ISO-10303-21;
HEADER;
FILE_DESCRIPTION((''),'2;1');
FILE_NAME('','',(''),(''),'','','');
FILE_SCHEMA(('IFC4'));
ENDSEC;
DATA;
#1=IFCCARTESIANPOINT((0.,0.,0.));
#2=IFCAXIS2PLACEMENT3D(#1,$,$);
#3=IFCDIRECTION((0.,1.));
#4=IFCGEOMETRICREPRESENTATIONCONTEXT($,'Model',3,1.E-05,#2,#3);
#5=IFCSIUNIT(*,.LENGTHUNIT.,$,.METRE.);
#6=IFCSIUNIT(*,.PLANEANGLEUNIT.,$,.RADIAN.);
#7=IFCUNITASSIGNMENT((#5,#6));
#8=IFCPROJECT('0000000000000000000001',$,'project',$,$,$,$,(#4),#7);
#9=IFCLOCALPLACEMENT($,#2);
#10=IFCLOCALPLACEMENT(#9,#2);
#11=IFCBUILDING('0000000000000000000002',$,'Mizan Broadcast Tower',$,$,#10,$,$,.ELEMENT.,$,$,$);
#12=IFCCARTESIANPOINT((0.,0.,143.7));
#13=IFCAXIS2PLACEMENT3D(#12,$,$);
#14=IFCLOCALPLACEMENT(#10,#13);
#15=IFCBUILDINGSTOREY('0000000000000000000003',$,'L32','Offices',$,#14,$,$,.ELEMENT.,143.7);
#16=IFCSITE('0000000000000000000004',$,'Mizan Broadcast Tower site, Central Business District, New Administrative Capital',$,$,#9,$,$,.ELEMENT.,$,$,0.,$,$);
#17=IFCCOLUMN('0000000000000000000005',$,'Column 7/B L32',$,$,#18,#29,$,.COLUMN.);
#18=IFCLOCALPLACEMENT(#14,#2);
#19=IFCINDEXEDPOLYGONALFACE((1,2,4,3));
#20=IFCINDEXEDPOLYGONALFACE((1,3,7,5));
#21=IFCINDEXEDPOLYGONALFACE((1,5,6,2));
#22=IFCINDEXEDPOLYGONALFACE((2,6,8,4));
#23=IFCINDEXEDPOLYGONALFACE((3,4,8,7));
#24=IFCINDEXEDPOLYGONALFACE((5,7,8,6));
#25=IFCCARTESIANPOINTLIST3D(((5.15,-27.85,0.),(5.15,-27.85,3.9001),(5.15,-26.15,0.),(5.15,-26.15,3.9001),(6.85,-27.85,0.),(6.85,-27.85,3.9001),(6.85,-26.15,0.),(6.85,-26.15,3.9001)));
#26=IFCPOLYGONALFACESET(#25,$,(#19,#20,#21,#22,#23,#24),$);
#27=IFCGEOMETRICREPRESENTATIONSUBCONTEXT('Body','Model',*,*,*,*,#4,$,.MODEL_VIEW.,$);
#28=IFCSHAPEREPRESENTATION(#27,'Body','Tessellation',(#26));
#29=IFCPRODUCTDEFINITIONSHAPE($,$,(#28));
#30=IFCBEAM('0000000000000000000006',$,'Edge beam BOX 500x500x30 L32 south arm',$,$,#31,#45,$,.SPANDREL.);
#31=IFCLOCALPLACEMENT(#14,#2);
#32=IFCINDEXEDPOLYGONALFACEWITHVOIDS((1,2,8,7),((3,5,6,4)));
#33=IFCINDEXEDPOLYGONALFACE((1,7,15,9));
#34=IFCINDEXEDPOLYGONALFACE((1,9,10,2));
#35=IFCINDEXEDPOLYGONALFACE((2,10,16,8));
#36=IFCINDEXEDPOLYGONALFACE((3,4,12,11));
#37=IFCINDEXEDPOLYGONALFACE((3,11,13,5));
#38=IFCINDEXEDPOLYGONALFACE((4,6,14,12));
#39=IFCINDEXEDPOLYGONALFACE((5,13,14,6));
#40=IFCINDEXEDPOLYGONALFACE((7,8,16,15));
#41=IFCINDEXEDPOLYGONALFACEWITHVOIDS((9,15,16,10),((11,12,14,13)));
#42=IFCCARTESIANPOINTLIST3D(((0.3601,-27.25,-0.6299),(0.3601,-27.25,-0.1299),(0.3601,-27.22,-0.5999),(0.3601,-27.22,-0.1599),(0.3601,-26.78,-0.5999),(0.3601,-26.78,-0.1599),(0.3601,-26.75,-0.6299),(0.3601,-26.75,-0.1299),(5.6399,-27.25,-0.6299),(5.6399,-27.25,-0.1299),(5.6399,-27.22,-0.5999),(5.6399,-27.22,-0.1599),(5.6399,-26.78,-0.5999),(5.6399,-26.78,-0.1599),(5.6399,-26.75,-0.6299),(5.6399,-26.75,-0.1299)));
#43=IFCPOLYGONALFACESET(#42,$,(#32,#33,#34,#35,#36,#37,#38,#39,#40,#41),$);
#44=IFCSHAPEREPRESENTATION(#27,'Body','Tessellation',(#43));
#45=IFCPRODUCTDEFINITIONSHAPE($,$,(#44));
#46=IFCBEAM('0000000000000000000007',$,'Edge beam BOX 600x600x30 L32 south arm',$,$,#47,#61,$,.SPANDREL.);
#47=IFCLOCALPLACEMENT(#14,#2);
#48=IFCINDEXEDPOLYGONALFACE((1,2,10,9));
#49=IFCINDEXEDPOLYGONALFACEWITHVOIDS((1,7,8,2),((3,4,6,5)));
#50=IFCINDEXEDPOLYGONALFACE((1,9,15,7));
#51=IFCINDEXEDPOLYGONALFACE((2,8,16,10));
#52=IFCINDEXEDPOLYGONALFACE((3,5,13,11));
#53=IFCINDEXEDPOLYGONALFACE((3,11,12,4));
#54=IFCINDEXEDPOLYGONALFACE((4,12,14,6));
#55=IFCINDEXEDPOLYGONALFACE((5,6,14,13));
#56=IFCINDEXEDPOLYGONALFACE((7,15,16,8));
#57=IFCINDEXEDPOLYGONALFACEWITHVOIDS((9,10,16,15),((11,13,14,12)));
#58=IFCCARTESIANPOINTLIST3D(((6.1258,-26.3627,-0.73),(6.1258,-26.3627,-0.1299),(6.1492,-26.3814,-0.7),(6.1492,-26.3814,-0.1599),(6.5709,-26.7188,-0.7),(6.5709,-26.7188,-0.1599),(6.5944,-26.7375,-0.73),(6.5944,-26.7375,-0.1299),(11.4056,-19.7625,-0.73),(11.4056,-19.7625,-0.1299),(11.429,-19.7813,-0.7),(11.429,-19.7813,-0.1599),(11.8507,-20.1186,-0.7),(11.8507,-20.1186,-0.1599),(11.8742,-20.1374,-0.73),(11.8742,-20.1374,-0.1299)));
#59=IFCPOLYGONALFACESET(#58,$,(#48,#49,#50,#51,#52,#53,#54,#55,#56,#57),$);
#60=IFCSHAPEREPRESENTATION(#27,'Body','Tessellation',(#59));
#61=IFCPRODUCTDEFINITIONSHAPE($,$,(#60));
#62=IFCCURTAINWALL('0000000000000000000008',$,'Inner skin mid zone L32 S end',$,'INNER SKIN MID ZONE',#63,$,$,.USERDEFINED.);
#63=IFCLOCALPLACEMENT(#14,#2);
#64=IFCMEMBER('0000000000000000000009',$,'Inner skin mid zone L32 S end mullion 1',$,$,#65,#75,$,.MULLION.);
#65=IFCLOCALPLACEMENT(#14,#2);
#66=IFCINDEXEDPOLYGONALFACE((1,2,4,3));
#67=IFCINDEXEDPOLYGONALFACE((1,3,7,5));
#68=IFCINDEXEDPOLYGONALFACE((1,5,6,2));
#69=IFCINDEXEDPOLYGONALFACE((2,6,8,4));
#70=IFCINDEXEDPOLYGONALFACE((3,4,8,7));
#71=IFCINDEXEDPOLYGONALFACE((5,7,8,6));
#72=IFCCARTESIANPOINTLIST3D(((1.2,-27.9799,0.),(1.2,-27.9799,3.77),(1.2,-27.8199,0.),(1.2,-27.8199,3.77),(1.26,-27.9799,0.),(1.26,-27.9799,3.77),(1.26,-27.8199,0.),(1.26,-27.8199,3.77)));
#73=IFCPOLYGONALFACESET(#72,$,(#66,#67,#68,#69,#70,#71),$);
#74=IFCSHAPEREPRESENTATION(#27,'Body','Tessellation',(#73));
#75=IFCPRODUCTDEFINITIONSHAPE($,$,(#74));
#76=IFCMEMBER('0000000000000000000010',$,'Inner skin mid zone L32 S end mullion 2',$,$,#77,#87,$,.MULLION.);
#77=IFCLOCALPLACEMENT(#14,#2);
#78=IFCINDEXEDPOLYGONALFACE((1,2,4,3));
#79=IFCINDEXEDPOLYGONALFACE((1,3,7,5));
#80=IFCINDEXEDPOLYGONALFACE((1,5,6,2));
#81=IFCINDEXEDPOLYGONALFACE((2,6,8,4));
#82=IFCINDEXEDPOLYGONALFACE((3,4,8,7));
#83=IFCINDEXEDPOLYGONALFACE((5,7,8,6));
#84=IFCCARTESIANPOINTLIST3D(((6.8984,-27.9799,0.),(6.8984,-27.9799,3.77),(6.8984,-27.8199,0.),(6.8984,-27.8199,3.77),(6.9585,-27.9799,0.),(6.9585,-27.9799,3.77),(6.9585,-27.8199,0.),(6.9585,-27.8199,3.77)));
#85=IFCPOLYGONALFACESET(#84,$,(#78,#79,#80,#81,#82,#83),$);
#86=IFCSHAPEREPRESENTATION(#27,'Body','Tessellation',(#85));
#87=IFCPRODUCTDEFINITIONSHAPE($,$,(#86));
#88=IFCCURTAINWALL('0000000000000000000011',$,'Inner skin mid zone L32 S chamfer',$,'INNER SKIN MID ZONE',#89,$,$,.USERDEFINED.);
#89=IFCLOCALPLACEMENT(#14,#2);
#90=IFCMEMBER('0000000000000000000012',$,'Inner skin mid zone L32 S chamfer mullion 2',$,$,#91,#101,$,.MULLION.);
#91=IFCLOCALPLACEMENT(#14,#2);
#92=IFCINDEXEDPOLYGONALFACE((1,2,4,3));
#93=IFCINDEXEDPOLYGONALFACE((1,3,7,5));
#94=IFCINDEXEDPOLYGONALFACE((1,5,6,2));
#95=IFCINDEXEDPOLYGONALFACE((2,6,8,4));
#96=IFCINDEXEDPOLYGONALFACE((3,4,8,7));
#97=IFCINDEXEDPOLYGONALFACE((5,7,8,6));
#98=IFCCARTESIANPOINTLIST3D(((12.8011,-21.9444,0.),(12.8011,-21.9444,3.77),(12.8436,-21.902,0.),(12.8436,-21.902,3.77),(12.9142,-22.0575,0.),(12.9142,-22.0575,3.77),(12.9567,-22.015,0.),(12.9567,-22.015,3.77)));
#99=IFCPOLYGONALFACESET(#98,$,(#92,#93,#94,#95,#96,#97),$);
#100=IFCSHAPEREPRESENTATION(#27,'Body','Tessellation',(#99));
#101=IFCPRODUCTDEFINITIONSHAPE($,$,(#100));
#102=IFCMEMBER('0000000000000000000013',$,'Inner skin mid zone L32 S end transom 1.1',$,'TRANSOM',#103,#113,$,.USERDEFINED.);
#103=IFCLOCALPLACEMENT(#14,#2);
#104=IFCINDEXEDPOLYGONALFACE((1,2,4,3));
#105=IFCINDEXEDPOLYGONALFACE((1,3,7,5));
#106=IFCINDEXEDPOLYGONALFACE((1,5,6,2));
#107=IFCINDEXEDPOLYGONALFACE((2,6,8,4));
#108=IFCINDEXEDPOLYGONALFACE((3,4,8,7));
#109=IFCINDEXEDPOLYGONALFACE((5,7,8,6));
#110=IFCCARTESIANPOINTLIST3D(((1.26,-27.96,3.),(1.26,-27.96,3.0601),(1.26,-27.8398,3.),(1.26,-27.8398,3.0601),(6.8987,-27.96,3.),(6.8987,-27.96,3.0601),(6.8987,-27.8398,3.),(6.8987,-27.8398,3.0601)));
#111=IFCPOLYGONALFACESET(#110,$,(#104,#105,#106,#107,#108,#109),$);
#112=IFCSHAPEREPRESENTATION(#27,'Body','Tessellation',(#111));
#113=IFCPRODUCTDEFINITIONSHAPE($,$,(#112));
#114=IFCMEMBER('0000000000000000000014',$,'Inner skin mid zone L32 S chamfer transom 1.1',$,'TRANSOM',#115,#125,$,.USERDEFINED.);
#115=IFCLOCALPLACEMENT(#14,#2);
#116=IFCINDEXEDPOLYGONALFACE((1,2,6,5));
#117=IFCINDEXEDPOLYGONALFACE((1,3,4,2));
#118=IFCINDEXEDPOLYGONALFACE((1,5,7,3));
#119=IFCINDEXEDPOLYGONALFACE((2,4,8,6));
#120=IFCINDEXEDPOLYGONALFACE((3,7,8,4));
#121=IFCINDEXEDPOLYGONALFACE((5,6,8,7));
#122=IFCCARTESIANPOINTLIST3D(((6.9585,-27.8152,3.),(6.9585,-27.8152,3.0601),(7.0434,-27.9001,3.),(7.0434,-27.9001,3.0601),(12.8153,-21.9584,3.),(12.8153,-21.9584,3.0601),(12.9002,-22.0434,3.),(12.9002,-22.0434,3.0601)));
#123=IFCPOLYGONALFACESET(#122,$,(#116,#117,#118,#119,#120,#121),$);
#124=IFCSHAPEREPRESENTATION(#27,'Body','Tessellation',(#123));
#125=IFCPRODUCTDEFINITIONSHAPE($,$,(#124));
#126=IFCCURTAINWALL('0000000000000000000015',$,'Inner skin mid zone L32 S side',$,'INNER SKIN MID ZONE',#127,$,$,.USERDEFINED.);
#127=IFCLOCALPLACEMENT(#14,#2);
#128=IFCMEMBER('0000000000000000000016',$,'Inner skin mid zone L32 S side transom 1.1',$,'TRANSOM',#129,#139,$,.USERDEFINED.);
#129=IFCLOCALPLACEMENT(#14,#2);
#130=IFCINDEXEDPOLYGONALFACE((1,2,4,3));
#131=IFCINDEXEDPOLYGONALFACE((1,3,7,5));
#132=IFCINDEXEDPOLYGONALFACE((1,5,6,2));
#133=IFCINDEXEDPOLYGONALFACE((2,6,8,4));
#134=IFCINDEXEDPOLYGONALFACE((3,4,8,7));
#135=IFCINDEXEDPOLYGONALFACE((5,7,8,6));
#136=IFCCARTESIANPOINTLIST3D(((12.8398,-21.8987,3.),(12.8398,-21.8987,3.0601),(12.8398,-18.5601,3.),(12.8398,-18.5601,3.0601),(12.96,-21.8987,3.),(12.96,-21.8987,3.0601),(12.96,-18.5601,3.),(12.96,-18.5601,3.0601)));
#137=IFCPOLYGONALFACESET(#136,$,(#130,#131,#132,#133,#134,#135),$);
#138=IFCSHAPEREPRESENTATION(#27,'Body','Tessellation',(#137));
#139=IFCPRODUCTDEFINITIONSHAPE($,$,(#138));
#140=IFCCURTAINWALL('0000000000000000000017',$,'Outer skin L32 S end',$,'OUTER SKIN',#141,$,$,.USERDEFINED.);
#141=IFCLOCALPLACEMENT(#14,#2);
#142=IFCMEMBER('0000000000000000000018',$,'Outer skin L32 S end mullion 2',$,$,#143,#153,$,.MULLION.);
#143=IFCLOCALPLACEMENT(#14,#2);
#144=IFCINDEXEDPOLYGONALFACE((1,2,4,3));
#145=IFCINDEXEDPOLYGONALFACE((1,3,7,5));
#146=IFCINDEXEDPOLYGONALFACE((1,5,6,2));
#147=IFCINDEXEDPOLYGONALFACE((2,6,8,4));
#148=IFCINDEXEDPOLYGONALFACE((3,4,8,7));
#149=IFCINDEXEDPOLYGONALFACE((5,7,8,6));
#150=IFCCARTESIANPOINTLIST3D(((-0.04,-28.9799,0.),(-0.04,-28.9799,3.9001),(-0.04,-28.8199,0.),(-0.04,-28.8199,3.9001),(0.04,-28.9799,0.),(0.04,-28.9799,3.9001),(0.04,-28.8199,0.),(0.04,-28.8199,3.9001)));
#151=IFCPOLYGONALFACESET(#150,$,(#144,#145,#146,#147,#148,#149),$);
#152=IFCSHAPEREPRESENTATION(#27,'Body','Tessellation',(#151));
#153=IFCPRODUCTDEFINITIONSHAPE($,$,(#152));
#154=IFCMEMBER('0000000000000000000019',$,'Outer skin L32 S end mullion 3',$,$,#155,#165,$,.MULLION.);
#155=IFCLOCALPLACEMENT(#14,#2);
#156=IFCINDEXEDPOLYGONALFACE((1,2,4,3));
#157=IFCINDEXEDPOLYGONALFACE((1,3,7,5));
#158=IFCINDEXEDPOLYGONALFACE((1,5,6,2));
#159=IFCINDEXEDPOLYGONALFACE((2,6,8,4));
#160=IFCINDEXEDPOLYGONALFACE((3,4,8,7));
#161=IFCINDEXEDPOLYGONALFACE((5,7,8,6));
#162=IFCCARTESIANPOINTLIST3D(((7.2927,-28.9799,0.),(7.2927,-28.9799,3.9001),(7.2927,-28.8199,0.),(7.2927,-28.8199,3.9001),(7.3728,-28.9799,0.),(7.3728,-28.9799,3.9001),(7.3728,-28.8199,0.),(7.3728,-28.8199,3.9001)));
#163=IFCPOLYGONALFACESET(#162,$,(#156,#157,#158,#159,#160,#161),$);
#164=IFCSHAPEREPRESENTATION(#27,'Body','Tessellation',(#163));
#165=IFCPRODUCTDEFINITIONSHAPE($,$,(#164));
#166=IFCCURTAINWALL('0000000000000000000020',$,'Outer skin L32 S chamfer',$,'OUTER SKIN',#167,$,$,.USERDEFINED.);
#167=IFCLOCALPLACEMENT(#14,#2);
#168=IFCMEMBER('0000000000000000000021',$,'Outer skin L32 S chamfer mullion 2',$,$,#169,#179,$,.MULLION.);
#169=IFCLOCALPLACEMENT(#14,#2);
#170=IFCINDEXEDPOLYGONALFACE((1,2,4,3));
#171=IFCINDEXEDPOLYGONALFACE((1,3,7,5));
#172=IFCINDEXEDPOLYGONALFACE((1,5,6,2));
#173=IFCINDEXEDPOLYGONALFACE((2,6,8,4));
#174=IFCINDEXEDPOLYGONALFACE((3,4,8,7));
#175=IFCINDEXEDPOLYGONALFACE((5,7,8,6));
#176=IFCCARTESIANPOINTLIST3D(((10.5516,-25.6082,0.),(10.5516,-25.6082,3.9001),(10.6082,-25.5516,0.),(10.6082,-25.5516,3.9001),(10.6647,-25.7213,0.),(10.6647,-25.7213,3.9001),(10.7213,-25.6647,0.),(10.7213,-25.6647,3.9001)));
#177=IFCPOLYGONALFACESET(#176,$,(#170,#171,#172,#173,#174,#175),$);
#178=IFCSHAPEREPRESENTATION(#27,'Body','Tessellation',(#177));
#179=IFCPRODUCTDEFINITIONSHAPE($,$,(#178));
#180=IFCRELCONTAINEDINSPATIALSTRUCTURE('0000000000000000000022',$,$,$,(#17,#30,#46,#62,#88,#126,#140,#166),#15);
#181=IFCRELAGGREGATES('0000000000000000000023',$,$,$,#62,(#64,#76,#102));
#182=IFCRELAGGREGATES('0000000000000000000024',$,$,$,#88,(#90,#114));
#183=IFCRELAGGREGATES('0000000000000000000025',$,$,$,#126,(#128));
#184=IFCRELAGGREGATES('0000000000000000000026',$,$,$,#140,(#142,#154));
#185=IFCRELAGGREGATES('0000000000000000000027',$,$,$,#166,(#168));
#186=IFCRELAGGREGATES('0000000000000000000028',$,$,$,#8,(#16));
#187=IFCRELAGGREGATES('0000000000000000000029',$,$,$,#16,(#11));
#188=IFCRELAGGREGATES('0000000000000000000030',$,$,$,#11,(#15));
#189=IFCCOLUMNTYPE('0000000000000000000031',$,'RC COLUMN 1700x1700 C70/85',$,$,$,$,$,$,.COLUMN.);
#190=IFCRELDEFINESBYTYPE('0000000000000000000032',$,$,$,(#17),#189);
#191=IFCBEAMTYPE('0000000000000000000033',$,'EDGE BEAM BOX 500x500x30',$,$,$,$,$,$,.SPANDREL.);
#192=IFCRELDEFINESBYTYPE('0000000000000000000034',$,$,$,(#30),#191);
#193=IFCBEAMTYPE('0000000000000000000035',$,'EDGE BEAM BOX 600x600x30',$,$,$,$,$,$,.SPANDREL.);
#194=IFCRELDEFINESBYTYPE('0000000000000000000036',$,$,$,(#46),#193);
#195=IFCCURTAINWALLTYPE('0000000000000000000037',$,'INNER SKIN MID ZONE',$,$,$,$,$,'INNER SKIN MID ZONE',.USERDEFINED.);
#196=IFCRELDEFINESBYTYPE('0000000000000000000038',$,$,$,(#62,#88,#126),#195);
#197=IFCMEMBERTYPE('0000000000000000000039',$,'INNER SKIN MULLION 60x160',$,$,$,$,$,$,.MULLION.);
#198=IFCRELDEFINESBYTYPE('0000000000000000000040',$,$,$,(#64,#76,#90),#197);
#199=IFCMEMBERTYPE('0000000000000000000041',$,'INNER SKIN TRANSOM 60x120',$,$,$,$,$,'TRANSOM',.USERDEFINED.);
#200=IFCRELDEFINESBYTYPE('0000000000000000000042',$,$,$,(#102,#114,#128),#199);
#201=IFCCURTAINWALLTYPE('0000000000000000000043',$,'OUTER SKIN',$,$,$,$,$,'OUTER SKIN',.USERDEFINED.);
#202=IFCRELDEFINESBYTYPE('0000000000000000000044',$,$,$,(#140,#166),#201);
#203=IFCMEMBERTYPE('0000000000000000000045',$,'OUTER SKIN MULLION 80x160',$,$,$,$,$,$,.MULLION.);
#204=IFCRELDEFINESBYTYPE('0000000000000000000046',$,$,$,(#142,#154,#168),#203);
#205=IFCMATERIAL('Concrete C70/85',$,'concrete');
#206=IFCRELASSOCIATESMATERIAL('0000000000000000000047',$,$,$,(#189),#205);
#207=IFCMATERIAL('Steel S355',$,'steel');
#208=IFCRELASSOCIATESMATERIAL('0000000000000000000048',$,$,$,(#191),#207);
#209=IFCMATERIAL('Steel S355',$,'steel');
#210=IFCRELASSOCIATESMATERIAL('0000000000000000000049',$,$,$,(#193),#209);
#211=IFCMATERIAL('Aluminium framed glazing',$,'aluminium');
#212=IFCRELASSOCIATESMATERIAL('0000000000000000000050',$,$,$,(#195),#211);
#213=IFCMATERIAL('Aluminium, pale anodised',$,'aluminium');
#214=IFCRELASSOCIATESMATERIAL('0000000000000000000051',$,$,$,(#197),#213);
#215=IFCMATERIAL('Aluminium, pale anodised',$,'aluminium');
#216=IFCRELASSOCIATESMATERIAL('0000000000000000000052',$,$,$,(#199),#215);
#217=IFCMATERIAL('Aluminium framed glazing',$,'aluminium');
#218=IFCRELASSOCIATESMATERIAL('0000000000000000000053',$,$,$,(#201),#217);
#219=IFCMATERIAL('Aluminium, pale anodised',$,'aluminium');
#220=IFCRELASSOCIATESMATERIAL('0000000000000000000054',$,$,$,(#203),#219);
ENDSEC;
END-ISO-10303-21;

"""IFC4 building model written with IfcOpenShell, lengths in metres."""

from ifc_helpers import new_model, si_unit, direction, frame, origin, origin_2d, place, context, subcontext, project, spatial, rectangle, hollow_rectangle, extrude, material, material_profile, profile_set, type_object, element, aggregate, save


model = new_model("IFC4")

# Units and contexts
model_context = context("Model", 3, precision=1e-05, world=origin(), true_north=direction((0.0, 1.0)))
body_context = subcontext(model_context, "Body", "Model", "MODEL_VIEW")
ifc_project = project(units=[si_unit("LENGTHUNIT", "METRE"), si_unit("PLANEANGLEUNIT", "RADIAN")], contexts=[model_context])

# Site, building, storey
site_placement = place(None, origin())
site = spatial("IfcSite", under=ifc_project, at=site_placement, Name="Mizan Broadcast Tower site, Central Business District, New Administrative Capital", CompositionType="ELEMENT", RefElevation=0.0)
building_placement = place(site_placement, origin())
building = spatial("IfcBuilding", under=site, at=building_placement, Name="Mizan Broadcast Tower", CompositionType="ELEMENT")
storey_placement = place(building_placement, frame((0.0, 0.0, 143.7)))
storey = spatial("IfcBuildingStorey", under=building, at=storey_placement, Name="L32", Description="Offices", CompositionType="ELEMENT", Elevation=143.7)

# Column
ifc_material_1 = material(Name="Concrete C70/85", Category="concrete")
ifc_material_profile_1 = material_profile(ifc_material_1, rectangle(XDim=1.7, YDim=1.7, at=origin_2d()), Name="RC 1700x1700")
ifc_profile_set_1 = profile_set([ifc_material_profile_1], Name="Concrete C70/85")
column_type = type_object("IfcColumnType", Name="RC COLUMN 1700x1700 C70/85", PredefinedType="COLUMN", material=ifc_profile_set_1)
column_placement = place(storey_placement, frame((6.0, -27.0, 0.0), z_axis=(0.0, 0.0, 1.0), x_axis=(1.0, 0.0, 0.0)))
element("IfcColumn", 1, at=column_placement, inside=storey, type_object=column_type, Name="Column 7/B L32", PredefinedType="COLUMN", context=body_context, shape_type="SweptSolid", body=[
    extrude(rectangle(XDim=1.7, YDim=1.7, at=origin_2d()), origin(), (0.0, 0.0, 1.0), 3.9001),
])

# Beams
ifc_material_2 = material(Name="Steel S355", Category="steel")
ifc_material_profile_2 = material_profile(ifc_material_2, hollow_rectangle(XDim=0.5, YDim=0.5, WallThickness=0.03, at=origin_2d()), Name="BOX 500x500x30")
ifc_profile_set_2 = profile_set([ifc_material_profile_2], Name="Steel S355")
beam_type_1 = type_object("IfcBeamType", Name="EDGE BEAM BOX 500x500x30", PredefinedType="SPANDREL", material=ifc_profile_set_2)
beam_1_placement = place(storey_placement, frame((5.6399, -27.0, -0.3799), z_axis=(-1.0, 0.0, 0.0), x_axis=(0.0, -1.0, 0.0)))
element("IfcBeam", 2, at=beam_1_placement, inside=storey, type_object=beam_type_1, Name="Edge beam BOX 500x500x30 L32 south arm", PredefinedType="SPANDREL", context=body_context, shape_type="SweptSolid", body=[
    extrude(hollow_rectangle(XDim=0.5, YDim=0.5, WallThickness=0.03, at=origin_2d()), origin(), (0.0, 0.0, 1.0), 5.2798),
])
ifc_material_3 = material(Name="Steel S355", Category="steel")
ifc_material_profile_3 = material_profile(ifc_material_3, hollow_rectangle(XDim=0.6001, YDim=0.6001, WallThickness=0.03, at=origin_2d()), Name="BOX 600x600x30")
ifc_profile_set_3 = profile_set([ifc_material_profile_3], Name="Steel S355")
beam_type_2 = type_object("IfcBeamType", Name="EDGE BEAM BOX 600x600x30", PredefinedType="SPANDREL", material=ifc_profile_set_3)
beam_2_placement = place(storey_placement, frame((11.6399, -19.95, -0.4299), z_axis=(-0.624674, -0.780886, 0.0), x_axis=(0.780886, -0.624674, 0.0)))
element("IfcBeam", 3, at=beam_2_placement, inside=storey, type_object=beam_type_2, Name="Edge beam BOX 600x600x30 L32 south arm", PredefinedType="SPANDREL", context=body_context, shape_type="SweptSolid", body=[
    extrude(hollow_rectangle(XDim=0.6001, YDim=0.6001, WallThickness=0.03, at=origin_2d()), origin(), (0.0, 0.0, 1.0), 8.4521),
])

# Curtain wall, members
ifc_material_4 = material(Name="Aluminium framed glazing", Category="aluminium")
curtain_wall_type_1 = type_object("IfcCurtainWallType", Name="INNER SKIN MID ZONE", ElementType="INNER SKIN MID ZONE", PredefinedType="USERDEFINED", material=ifc_material_4)
curtain_wall_1_placement = place(storey_placement, origin())
curtain_wall_1 = element("IfcCurtainWall", 4, at=curtain_wall_1_placement, inside=storey, type_object=curtain_wall_type_1, Name="Inner skin mid zone L32 S end", ObjectType="INNER SKIN MID ZONE", PredefinedType="USERDEFINED")
ifc_material_5 = material(Name="Aluminium, pale anodised", Category="aluminium")
ifc_material_profile_4 = material_profile(ifc_material_5, rectangle(XDim=0.1599, YDim=0.0601, at=origin_2d()), Name="MULLION 160x60")
ifc_profile_set_4 = profile_set([ifc_material_profile_4], Name="Aluminium, pale anodised")
member_type_1 = type_object("IfcMemberType", Name="INNER SKIN MULLION 60x160", PredefinedType="MULLION", material=ifc_profile_set_4)
member_1_placement = place(storey_placement, frame((1.23, -27.8999, 0.0), z_axis=(0.0, 0.0, 1.0), x_axis=(0.0, 1.0, 0.0)))
member_1 = element("IfcMember", 5, at=member_1_placement, type_object=member_type_1, Name="Inner skin mid zone L32 S end mullion 1", PredefinedType="MULLION", context=body_context, shape_type="SweptSolid", body=[
    extrude(rectangle(XDim=0.1599, YDim=0.0601, at=origin_2d()), origin(), (0.0, 0.0, 1.0), 3.77),
])
member_2_placement = place(storey_placement, frame((6.9285, -27.8999, 0.0), z_axis=(0.0, 0.0, 1.0), x_axis=(0.0, 1.0, 0.0)))
member_2 = element("IfcMember", 6, at=member_2_placement, type_object=member_type_1, Name="Inner skin mid zone L32 S end mullion 2", PredefinedType="MULLION", context=body_context, shape_type="SweptSolid", body=[
    extrude(rectangle(XDim=0.1599, YDim=0.0601, at=origin_2d()), origin(), (0.0, 0.0, 1.0), 3.77),
])

# Curtain wall, member
curtain_wall_2_placement = place(storey_placement, origin())
curtain_wall_2 = element("IfcCurtainWall", 7, at=curtain_wall_2_placement, inside=storey, type_object=curtain_wall_type_1, Name="Inner skin mid zone L32 S chamfer", ObjectType="INNER SKIN MID ZONE", PredefinedType="USERDEFINED")
member_3_placement = place(storey_placement, frame((12.8789, -21.9797, 0.0), z_axis=(0.0, 0.0, 1.0), x_axis=(-0.707107, 0.707107, 0.0)))
member_3 = element("IfcMember", 8, at=member_3_placement, type_object=member_type_1, Name="Inner skin mid zone L32 S chamfer mullion 2", PredefinedType="MULLION", context=body_context, shape_type="SweptSolid", body=[
    extrude(rectangle(XDim=0.1599, YDim=0.0601, at=origin_2d()), origin(), (0.0, 0.0, 1.0), 3.77),
])

# Members
ifc_material_6 = material(Name="Aluminium, pale anodised", Category="aluminium")
ifc_material_profile_5 = material_profile(ifc_material_6, rectangle(XDim=0.1201, YDim=0.0601, at=origin_2d()), Name="TRANSOM 120x60")
ifc_profile_set_5 = profile_set([ifc_material_profile_5], Name="Aluminium, pale anodised")
member_type_2 = type_object("IfcMemberType", Name="INNER SKIN TRANSOM 60x120", ElementType="TRANSOM", PredefinedType="USERDEFINED", material=ifc_profile_set_5)
member_4_placement = place(storey_placement, frame((1.26, -27.8999, 3.03), z_axis=(1.0, 0.0, 0.0), x_axis=(0.0, 1.0, 0.0)))
member_4 = element("IfcMember", 9, at=member_4_placement, type_object=member_type_2, Name="Inner skin mid zone L32 S end transom 1.1", ObjectType="TRANSOM", PredefinedType="USERDEFINED", context=body_context, shape_type="SweptSolid", body=[
    extrude(rectangle(XDim=0.1201, YDim=0.0601, at=origin_2d()), origin(), (0.0, 0.0, 1.0), 5.6387),
])
member_5_placement = place(storey_placement, frame((7.001, -27.8577, 3.03), z_axis=(0.707107, 0.707107, 0.0), x_axis=(-0.707107, 0.707107, 0.0)))
member_5 = element("IfcMember", 10, at=member_5_placement, type_object=member_type_2, Name="Inner skin mid zone L32 S chamfer transom 1.1", ObjectType="TRANSOM", PredefinedType="USERDEFINED", context=body_context, shape_type="SweptSolid", body=[
    extrude(rectangle(XDim=0.1201, YDim=0.0601, at=origin_2d()), origin(), (0.0, 0.0, 1.0), 8.2827),
])

# Curtain wall, member
curtain_wall_3_placement = place(storey_placement, origin())
curtain_wall_3 = element("IfcCurtainWall", 11, at=curtain_wall_3_placement, inside=storey, type_object=curtain_wall_type_1, Name="Inner skin mid zone L32 S side", ObjectType="INNER SKIN MID ZONE", PredefinedType="USERDEFINED")
member_6_placement = place(storey_placement, frame((12.8999, -21.8987, 3.03), z_axis=(0.0, 1.0, 0.0), x_axis=(-1.0, 0.0, 0.0)))
member_6 = element("IfcMember", 12, at=member_6_placement, type_object=member_type_2, Name="Inner skin mid zone L32 S side transom 1.1", ObjectType="TRANSOM", PredefinedType="USERDEFINED", context=body_context, shape_type="SweptSolid", body=[
    extrude(rectangle(XDim=0.1201, YDim=0.0601, at=origin_2d()), origin(), (0.0, 0.0, 1.0), 3.3386),
])

# Curtain wall, members
ifc_material_7 = material(Name="Aluminium framed glazing", Category="aluminium")
curtain_wall_type_2 = type_object("IfcCurtainWallType", Name="OUTER SKIN", ElementType="OUTER SKIN", PredefinedType="USERDEFINED", material=ifc_material_7)
curtain_wall_4_placement = place(storey_placement, origin())
curtain_wall_4 = element("IfcCurtainWall", 13, at=curtain_wall_4_placement, inside=storey, type_object=curtain_wall_type_2, Name="Outer skin L32 S end", ObjectType="OUTER SKIN", PredefinedType="USERDEFINED")
ifc_material_8 = material(Name="Aluminium, pale anodised", Category="aluminium")
ifc_material_profile_6 = material_profile(ifc_material_8, rectangle(XDim=0.1599, YDim=0.0801, at=origin_2d()), Name="MULLION 160x80")
ifc_profile_set_6 = profile_set([ifc_material_profile_6], Name="Aluminium, pale anodised")
member_type_3 = type_object("IfcMemberType", Name="OUTER SKIN MULLION 80x160", PredefinedType="MULLION", material=ifc_profile_set_6)
member_7_placement = place(storey_placement, frame((0.0, -28.8999, 0.0), z_axis=(0.0, 0.0, 1.0), x_axis=(0.0, 1.0, 0.0)))
member_7 = element("IfcMember", 14, at=member_7_placement, type_object=member_type_3, Name="Outer skin L32 S end mullion 2", PredefinedType="MULLION", context=body_context, shape_type="SweptSolid", body=[
    extrude(rectangle(XDim=0.1599, YDim=0.0801, at=origin_2d()), origin(), (0.0, 0.0, 1.0), 3.9001),
])
member_8_placement = place(storey_placement, frame((7.3328, -28.8999, 0.0), z_axis=(0.0, 0.0, 1.0), x_axis=(0.0, 1.0, 0.0)))
member_8 = element("IfcMember", 15, at=member_8_placement, type_object=member_type_3, Name="Outer skin L32 S end mullion 3", PredefinedType="MULLION", context=body_context, shape_type="SweptSolid", body=[
    extrude(rectangle(XDim=0.1599, YDim=0.0801, at=origin_2d()), origin(), (0.0, 0.0, 1.0), 3.9001),
])

# Curtain wall, member
curtain_wall_5_placement = place(storey_placement, origin())
curtain_wall_5 = element("IfcCurtainWall", 16, at=curtain_wall_5_placement, inside=storey, type_object=curtain_wall_type_2, Name="Outer skin L32 S chamfer", ObjectType="OUTER SKIN", PredefinedType="USERDEFINED")
member_9_placement = place(storey_placement, frame((10.6365, -25.6365, 0.0), z_axis=(0.0, 0.0, 1.0), x_axis=(-0.707107, 0.707107, 0.0)))
member_9 = element("IfcMember", 17, at=member_9_placement, type_object=member_type_3, Name="Outer skin L32 S chamfer mullion 2", PredefinedType="MULLION", context=body_context, shape_type="SweptSolid", body=[
    extrude(rectangle(XDim=0.1599, YDim=0.0801, at=origin_2d()), origin(), (0.0, 0.0, 1.0), 3.9001),
])

aggregate(curtain_wall_1, [member_1, member_2, member_4])
aggregate(curtain_wall_2, [member_3, member_5])
aggregate(curtain_wall_3, [member_6])
aggregate(curtain_wall_4, [member_7, member_8])
aggregate(curtain_wall_5, [member_9])

save(model, "model.ifc")
